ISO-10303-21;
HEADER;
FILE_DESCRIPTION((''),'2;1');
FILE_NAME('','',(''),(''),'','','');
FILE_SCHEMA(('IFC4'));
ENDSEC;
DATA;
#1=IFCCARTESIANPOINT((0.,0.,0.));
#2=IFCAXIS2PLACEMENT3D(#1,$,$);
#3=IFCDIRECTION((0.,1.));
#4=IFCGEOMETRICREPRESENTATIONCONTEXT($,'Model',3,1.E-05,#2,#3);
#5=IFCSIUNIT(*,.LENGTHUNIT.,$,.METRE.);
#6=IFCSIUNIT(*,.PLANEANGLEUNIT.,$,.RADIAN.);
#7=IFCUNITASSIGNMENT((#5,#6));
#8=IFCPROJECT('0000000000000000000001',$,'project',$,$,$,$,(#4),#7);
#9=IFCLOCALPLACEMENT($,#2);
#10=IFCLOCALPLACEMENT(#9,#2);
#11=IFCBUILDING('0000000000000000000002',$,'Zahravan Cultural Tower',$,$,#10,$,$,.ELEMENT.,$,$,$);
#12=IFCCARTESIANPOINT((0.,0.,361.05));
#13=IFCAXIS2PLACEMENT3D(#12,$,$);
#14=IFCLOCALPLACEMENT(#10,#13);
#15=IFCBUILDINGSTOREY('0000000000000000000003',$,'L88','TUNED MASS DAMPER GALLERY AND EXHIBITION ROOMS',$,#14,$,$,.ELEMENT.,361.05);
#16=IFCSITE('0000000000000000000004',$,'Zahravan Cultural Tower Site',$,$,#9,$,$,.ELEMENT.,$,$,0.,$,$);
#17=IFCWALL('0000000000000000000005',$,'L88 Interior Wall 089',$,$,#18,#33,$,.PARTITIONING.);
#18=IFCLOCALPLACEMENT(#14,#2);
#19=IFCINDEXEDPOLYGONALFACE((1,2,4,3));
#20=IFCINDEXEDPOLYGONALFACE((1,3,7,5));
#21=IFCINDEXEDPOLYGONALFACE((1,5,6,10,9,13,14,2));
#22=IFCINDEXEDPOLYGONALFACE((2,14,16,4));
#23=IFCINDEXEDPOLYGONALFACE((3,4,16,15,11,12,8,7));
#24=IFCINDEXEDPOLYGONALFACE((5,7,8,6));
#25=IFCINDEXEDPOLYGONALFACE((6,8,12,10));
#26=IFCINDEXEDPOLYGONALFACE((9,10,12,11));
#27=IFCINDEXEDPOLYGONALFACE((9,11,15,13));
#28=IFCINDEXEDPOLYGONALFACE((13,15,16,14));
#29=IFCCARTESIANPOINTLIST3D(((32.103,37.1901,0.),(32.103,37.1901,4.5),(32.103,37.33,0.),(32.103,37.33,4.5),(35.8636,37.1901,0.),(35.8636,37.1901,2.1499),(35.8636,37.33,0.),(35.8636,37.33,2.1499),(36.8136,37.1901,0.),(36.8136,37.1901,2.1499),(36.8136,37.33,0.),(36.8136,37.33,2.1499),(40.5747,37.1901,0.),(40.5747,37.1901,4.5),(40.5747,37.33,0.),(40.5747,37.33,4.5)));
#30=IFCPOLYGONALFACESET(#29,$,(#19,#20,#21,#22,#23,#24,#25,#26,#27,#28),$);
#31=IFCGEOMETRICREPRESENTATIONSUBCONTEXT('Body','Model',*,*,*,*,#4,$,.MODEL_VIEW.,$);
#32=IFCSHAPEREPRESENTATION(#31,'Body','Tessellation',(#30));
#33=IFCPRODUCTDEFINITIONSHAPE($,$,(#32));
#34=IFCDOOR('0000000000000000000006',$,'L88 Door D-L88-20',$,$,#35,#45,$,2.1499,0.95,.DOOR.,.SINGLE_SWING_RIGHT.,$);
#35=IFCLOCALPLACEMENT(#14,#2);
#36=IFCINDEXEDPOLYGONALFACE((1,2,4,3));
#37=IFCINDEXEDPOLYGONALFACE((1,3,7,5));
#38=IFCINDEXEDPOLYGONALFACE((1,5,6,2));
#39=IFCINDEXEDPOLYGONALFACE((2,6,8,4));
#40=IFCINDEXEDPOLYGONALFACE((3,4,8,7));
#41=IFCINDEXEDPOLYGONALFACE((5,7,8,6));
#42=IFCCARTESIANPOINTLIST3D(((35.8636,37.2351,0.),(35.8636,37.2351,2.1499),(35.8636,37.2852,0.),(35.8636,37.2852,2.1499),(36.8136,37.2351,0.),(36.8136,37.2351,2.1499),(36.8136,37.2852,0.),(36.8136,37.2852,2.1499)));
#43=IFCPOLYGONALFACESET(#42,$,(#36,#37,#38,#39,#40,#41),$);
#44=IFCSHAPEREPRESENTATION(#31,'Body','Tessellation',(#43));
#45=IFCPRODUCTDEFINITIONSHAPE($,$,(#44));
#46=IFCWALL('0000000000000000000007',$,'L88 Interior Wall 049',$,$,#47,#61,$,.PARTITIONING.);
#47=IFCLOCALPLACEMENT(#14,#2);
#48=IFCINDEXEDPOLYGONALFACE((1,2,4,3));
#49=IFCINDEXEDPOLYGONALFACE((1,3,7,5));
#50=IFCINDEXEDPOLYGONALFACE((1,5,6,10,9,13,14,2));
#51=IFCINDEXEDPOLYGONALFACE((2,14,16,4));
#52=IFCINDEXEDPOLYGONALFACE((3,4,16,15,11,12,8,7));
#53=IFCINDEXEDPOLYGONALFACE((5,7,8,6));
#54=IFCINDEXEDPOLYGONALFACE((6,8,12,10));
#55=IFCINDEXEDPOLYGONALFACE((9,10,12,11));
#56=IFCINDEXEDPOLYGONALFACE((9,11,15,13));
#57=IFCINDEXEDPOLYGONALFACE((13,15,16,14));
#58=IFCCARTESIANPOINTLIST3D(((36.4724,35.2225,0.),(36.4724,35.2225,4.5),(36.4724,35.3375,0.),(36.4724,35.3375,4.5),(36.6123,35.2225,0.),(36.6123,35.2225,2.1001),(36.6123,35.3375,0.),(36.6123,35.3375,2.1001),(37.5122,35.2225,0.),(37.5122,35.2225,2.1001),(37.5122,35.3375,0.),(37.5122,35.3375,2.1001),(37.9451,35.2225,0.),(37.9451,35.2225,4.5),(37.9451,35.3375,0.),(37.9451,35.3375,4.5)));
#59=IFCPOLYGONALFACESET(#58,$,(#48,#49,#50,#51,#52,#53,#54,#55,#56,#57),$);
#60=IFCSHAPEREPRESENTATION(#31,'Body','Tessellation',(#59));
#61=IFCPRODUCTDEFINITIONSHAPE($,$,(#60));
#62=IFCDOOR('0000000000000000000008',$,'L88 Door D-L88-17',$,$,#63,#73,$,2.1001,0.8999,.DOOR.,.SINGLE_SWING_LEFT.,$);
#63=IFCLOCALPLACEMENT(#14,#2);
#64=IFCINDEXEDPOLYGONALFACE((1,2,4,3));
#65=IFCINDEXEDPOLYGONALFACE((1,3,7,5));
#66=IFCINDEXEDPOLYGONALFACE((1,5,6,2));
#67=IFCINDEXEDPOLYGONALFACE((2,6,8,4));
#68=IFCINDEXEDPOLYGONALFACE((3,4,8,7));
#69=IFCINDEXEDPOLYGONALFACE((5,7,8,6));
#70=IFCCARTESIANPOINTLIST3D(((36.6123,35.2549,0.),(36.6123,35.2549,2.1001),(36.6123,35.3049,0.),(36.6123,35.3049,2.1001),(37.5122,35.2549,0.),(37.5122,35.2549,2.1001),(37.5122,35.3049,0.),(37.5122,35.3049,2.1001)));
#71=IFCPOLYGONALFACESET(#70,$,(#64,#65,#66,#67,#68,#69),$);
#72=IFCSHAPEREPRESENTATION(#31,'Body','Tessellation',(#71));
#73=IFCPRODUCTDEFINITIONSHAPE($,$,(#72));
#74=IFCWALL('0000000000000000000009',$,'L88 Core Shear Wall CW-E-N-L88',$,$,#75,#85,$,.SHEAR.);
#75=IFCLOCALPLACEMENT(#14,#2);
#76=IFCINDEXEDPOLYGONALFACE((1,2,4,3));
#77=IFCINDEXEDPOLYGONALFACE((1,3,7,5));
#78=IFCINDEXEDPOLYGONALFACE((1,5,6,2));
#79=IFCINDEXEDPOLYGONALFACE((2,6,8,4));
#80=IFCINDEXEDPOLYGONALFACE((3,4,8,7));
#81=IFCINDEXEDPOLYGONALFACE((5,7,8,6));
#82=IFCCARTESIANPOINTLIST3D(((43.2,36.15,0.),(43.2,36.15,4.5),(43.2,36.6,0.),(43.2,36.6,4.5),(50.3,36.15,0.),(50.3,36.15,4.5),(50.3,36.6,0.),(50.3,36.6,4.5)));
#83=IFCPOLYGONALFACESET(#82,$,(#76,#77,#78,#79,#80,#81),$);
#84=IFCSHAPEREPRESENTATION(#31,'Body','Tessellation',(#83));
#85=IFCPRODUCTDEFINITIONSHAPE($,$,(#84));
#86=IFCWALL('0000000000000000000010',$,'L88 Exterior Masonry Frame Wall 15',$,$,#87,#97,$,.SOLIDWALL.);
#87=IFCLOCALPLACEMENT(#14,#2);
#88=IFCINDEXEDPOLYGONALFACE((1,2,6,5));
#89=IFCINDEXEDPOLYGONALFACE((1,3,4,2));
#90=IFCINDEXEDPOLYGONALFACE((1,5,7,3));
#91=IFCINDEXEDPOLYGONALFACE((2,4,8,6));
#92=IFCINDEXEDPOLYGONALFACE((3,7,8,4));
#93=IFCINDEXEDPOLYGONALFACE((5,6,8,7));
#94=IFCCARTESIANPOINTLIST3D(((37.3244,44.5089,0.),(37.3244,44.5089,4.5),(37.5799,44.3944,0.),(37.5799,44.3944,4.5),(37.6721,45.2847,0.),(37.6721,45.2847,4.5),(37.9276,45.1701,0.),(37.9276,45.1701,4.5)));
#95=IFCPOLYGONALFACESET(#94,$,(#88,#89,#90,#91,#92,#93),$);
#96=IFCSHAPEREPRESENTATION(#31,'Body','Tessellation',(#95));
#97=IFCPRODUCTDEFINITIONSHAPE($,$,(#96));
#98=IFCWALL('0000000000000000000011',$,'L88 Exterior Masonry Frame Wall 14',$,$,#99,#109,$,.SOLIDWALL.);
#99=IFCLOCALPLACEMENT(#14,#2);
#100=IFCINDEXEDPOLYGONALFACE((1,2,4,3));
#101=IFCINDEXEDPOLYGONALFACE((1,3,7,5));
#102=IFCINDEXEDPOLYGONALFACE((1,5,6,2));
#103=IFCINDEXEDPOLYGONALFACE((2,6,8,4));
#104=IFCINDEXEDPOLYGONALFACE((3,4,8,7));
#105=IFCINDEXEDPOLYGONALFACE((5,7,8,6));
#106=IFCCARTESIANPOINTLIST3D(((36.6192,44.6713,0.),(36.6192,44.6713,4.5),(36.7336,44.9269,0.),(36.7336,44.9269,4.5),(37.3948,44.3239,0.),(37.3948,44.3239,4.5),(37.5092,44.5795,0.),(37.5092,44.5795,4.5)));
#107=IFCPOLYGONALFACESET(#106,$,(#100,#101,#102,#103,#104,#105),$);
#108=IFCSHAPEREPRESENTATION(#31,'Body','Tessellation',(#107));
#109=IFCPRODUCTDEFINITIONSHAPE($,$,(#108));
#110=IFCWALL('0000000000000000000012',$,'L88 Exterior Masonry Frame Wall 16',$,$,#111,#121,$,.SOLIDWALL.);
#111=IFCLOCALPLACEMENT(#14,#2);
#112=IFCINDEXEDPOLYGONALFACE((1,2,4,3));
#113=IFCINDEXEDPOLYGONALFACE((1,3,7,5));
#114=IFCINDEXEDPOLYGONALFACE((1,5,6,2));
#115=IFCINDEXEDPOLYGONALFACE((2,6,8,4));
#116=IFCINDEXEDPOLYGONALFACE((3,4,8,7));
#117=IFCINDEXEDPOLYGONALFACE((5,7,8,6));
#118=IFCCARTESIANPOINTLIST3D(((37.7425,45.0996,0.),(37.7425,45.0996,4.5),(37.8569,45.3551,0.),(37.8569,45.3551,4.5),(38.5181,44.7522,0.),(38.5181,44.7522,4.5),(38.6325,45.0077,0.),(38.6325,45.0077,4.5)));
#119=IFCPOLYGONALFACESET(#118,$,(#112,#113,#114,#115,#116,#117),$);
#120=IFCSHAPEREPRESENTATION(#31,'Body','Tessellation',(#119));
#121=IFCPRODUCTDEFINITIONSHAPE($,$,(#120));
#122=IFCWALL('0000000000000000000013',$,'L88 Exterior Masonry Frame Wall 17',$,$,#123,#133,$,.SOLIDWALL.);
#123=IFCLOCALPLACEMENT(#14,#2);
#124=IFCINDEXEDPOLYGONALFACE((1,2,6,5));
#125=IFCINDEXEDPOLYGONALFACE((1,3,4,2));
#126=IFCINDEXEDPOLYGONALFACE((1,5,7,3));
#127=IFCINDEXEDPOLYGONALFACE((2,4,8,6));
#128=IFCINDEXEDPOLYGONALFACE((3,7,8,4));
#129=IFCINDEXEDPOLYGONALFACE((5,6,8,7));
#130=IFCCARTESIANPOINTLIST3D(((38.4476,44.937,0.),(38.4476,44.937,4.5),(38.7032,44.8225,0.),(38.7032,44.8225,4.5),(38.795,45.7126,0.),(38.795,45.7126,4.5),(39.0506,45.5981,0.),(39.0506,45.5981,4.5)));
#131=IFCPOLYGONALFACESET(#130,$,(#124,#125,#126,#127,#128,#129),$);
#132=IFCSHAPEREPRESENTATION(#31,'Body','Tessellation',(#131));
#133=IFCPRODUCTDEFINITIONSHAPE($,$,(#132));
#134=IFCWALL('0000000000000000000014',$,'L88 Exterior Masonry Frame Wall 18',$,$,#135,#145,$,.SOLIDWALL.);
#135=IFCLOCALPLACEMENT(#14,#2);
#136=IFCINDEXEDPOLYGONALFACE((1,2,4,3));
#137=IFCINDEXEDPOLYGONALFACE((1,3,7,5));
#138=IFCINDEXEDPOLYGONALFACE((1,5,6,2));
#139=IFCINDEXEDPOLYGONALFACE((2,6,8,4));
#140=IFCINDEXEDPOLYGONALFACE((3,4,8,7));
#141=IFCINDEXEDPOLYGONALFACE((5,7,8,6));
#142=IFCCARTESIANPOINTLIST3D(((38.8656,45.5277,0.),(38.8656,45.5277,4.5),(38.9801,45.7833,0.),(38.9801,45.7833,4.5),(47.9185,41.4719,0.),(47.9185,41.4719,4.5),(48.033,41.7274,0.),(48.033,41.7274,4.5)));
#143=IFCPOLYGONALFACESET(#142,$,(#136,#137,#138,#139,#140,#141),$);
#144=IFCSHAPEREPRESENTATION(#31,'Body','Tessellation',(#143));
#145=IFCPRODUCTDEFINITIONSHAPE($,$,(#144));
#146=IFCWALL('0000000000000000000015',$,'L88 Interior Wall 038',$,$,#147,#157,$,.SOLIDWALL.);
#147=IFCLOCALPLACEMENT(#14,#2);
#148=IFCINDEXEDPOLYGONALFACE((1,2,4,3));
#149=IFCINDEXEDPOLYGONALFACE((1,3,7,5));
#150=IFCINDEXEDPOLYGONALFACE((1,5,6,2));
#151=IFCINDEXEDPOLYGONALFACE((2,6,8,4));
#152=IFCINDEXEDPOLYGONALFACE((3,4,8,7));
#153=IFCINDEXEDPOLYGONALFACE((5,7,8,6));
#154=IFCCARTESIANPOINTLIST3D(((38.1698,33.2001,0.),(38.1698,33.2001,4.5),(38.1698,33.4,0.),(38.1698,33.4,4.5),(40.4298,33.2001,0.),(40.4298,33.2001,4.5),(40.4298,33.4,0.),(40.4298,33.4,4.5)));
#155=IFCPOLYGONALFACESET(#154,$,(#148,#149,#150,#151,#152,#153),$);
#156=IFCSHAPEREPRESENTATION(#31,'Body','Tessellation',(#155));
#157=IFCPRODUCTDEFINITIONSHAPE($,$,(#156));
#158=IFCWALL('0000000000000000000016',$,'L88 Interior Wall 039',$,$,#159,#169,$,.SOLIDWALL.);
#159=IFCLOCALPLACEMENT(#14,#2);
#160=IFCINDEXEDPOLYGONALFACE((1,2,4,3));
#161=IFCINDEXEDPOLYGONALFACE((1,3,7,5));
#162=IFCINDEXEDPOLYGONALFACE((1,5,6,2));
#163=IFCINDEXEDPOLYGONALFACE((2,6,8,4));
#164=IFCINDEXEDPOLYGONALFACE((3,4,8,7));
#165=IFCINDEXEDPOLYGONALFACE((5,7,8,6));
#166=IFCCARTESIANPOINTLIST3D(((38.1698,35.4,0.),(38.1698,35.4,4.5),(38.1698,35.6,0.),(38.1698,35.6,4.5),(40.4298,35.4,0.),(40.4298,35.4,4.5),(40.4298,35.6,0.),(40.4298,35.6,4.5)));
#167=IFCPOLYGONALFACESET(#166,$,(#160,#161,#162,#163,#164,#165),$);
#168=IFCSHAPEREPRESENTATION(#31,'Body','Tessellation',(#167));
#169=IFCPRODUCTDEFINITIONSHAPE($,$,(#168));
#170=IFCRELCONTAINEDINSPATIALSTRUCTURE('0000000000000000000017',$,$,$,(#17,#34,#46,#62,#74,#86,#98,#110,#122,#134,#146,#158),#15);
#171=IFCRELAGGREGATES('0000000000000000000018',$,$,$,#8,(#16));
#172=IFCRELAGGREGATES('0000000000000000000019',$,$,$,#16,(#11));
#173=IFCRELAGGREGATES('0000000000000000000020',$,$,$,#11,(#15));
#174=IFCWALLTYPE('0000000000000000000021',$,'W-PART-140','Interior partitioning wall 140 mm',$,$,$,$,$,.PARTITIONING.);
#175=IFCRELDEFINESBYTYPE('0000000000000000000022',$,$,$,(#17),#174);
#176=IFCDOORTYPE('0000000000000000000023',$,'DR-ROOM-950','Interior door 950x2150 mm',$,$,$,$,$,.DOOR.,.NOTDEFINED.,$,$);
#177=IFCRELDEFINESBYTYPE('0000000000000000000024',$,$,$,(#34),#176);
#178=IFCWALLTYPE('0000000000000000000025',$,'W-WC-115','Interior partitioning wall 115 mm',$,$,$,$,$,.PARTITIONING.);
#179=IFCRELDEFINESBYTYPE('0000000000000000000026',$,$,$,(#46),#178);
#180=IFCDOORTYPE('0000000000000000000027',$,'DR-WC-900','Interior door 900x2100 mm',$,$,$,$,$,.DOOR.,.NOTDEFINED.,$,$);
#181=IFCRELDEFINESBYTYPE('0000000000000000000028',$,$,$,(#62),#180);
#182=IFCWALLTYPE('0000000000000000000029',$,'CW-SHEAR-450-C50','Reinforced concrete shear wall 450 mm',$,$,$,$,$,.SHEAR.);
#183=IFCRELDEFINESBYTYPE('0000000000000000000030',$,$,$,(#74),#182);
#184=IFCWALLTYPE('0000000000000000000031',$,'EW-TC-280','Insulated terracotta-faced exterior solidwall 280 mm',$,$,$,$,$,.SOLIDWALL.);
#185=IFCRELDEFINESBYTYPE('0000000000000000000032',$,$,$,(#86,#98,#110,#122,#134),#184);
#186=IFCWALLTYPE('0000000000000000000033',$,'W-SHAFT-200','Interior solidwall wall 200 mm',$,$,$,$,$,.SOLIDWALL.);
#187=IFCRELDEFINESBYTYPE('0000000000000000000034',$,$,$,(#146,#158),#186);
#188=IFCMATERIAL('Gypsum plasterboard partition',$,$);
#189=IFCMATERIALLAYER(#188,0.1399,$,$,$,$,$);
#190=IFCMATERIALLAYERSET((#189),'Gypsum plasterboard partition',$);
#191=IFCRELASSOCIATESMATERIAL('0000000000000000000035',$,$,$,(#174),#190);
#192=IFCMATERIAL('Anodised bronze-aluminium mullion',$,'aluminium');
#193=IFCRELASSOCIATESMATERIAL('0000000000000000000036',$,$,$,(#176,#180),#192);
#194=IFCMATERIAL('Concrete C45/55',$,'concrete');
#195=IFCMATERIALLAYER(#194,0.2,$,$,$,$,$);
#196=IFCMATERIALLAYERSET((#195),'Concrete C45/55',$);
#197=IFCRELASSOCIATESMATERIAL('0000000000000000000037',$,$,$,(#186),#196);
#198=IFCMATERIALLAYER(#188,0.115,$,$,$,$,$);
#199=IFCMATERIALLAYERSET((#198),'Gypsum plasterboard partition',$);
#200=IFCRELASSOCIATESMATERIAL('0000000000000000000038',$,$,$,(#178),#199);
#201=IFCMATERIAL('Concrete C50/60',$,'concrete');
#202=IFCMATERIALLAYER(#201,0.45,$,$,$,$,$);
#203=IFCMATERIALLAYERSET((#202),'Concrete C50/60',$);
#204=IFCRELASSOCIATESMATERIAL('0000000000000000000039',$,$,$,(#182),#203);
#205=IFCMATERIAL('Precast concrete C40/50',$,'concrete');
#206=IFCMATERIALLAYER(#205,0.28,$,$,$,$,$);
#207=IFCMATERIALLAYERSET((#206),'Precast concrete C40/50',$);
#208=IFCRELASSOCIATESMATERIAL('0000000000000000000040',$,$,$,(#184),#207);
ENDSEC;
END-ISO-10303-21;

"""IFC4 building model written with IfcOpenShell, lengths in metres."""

from ifc_helpers import new_model, si_unit, direction, frame, frame_2d, origin, place, context, subcontext, project, spatial, rectangle, extrude, source, transform, mapped, material, layer, layer_set, type_object, element, fill, save


model = new_model("IFC4")

# Units and contexts
model_context = context("Model", 3, precision=1e-05, world=origin(), true_north=direction((0.0, 1.0)))
body_context = subcontext(model_context, "Body", "Model", "MODEL_VIEW")
ifc_project = project(units=[si_unit("LENGTHUNIT", "METRE"), si_unit("PLANEANGLEUNIT", "RADIAN")], contexts=[model_context])

# Site, building, storey
site_placement = place(None, origin())
site = spatial("IfcSite", under=ifc_project, at=site_placement, Name="Zahravan Cultural Tower Site", CompositionType="ELEMENT", RefElevation=0.0)
building_placement = place(site_placement, origin())
building = spatial("IfcBuilding", under=site, at=building_placement, Name="Zahravan Cultural Tower", CompositionType="ELEMENT")
storey_placement = place(building_placement, frame((0.0, 0.0, 361.05)))
storey = spatial("IfcBuildingStorey", under=building, at=storey_placement, Name="L88", Description="TUNED MASS DAMPER GALLERY AND EXHIBITION ROOMS", CompositionType="ELEMENT", Elevation=361.05)

# Shared definitions
ifc_material_1 = material(Name="Concrete C50/60", Category="concrete")

# Walls, openings, doors
ifc_material_2 = material(Name="Gypsum plasterboard partition")
ifc_layer_1 = layer(ifc_material_2, 0.1399)
ifc_layer_set_1 = layer_set([ifc_layer_1], Name="Gypsum plasterboard partition")
wall_type_1 = type_object("IfcWallType", Name="W-PART-140", Description="Interior partitioning wall 140 mm", PredefinedType="PARTITIONING", material=ifc_layer_set_1)
ifc_material_3 = material(Name="Anodised bronze-aluminium mullion", Category="aluminium")
door_type_1 = type_object("IfcDoorType", Name="DR-ROOM-950", Description="Interior door 950x2150 mm", OperationType="NOTDEFINED", PredefinedType="DOOR", material=ifc_material_3)
shared_shape_1 = source(origin(), body_context, "Body", "SweptSolid", [
    extrude(rectangle(XDim=0.95, YDim=2.1499, at=frame_2d((0.4751, 1.075))), frame((0.0, 0.0249, 0.0), z_axis=(0.0, -1.0, 0.0), x_axis=(1.0, 0.0, 0.0)), (0.0, 0.0, 1.0), 0.05),
])
wall_1_placement = place(storey_placement, frame((40.5747, 37.26, 0.0), z_axis=(0.0, 0.0, 1.0), x_axis=(-1.0, 0.0, 0.0)))
wall_1 = element("IfcWall", 1, at=wall_1_placement, inside=storey, type_object=wall_type_1, Name="L88 Interior Wall 089", PredefinedType="PARTITIONING", context=body_context, shape_type="SweptSolid", body=[
    extrude(rectangle(XDim=8.4717, YDim=0.1399, at=frame_2d((4.2358, 0.0))), origin(), (0.0, 0.0, 1.0), 4.5),
])
opening_1_placement = place(wall_1_placement, frame((3.761, 0.0, 0.0)))
opening_1 = element("IfcOpeningElement", 2, at=opening_1_placement, cuts=wall_1, PredefinedType="OPENING", context=body_context, shape_type="SweptSolid", body=[
    extrude(rectangle(XDim=0.95, YDim=2.1499, at=frame_2d((0.4751, 1.075))), frame((0.0, 0.0798, 0.0), z_axis=(0.0, -1.0, 0.0), x_axis=(1.0, 0.0, 0.0)), (0.0, 0.0, 1.0), 0.1599),
])
door_1_placement = place(opening_1_placement, origin())
door_1 = element("IfcDoor", 3, at=door_1_placement, inside=storey, type_object=door_type_1, Name="L88 Door D-L88-20", OperationType="SINGLE_SWING_RIGHT", OverallHeight=2.1499, OverallWidth=0.95, PredefinedType="DOOR", context=body_context, shape_type="MappedRepresentation", body=[
    mapped(shared_shape_1, transform((0.0, 0.0, 0.0), x_axis=(1.0, 0.0, 0.0), y_axis=(0.0, 1.0, 0.0), z_axis=(0.0, 0.0, 1.0), scale=1.0)),
])
fill(opening_1, door_1)
ifc_material_4 = material(Name="Concrete C45/55", Category="concrete")
ifc_layer_2 = layer(ifc_material_4, 0.2)
ifc_layer_set_2 = layer_set([ifc_layer_2], Name="Concrete C45/55")
wall_type_2 = type_object("IfcWallType", Name="W-SHAFT-200", Description="Interior solidwall wall 200 mm", PredefinedType="SOLIDWALL", material=ifc_layer_set_2)
ifc_layer_3 = layer(ifc_material_2, 0.115)
ifc_layer_set_3 = layer_set([ifc_layer_3], Name="Gypsum plasterboard partition")
wall_type_3 = type_object("IfcWallType", Name="W-WC-115", Description="Interior partitioning wall 115 mm", PredefinedType="PARTITIONING", material=ifc_layer_set_3)
wall_2_placement = place(storey_placement, frame((36.4724, 35.28, 0.0), z_axis=(0.0, 0.0, 1.0), x_axis=(1.0, 0.0, 0.0)))
wall_2 = element("IfcWall", 4, at=wall_2_placement, inside=storey, type_object=wall_type_3, Name="L88 Interior Wall 049", PredefinedType="PARTITIONING", context=body_context, shape_type="SweptSolid", body=[
    extrude(rectangle(XDim=1.4727, YDim=0.115, at=frame_2d((0.7363, 0.0))), origin(), (0.0, 0.0, 1.0), 4.5),
])
opening_2_placement = place(wall_2_placement, frame((0.1399, 0.0, 0.0)))
opening_2 = element("IfcOpeningElement", 5, at=opening_2_placement, cuts=wall_2, PredefinedType="OPENING", context=body_context, shape_type="SweptSolid", body=[
    extrude(rectangle(XDim=0.8999, YDim=2.1001, at=frame_2d((0.45, 1.05))), frame((0.0, 0.0674, 0.0), z_axis=(0.0, -1.0, 0.0), x_axis=(1.0, 0.0, 0.0)), (0.0, 0.0, 1.0), 0.135),
])
door_type_2 = type_object("IfcDoorType", Name="DR-WC-900", Description="Interior door 900x2100 mm", OperationType="NOTDEFINED", PredefinedType="DOOR", material=ifc_material_3)
shared_shape_2 = source(origin(), body_context, "Body", "SweptSolid", [
    extrude(rectangle(XDim=0.8999, YDim=2.1001, at=frame_2d((0.45, 1.05))), frame((0.0, 0.0249, 0.0), z_axis=(0.0, -1.0, 0.0), x_axis=(1.0, 0.0, 0.0)), (0.0, 0.0, 1.0), 0.05),
])
door_2_placement = place(opening_2_placement, origin())
door_2 = element("IfcDoor", 6, at=door_2_placement, inside=storey, type_object=door_type_2, Name="L88 Door D-L88-17", OperationType="SINGLE_SWING_LEFT", OverallHeight=2.1001, OverallWidth=0.8999, PredefinedType="DOOR", context=body_context, shape_type="MappedRepresentation", body=[
    mapped(shared_shape_2, transform((0.0, 0.0, 0.0), x_axis=(1.0, 0.0, 0.0), y_axis=(0.0, 1.0, 0.0), z_axis=(0.0, 0.0, 1.0), scale=1.0)),
])
fill(opening_2, door_2)

# Walls
ifc_layer_4 = layer(ifc_material_1, 0.45)
ifc_layer_set_4 = layer_set([ifc_layer_4], Name="Concrete C50/60")
wall_type_4 = type_object("IfcWallType", Name="CW-SHEAR-450-C50", Description="Reinforced concrete shear wall 450 mm", PredefinedType="SHEAR", material=ifc_layer_set_4)
shared_shape_3 = source(origin(), body_context, "Body", "SweptSolid", [
    extrude(rectangle(XDim=7.1001, YDim=0.45, at=frame_2d((3.55, 0.0))), origin(), (0.0, 0.0, 1.0), 4.5),
])
wall_3_placement = place(storey_placement, frame((43.2, 36.375, 0.0), z_axis=(0.0, 0.0, 1.0), x_axis=(1.0, 0.0, 0.0)))
element("IfcWall", 7, at=wall_3_placement, inside=storey, type_object=wall_type_4, Name="L88 Core Shear Wall CW-E-N-L88", PredefinedType="SHEAR", context=body_context, shape_type="MappedRepresentation", body=[
    mapped(shared_shape_3, transform((0.0, 0.0, 0.0), x_axis=(1.0, 0.0, 0.0), y_axis=(0.0, 1.0, 0.0), z_axis=(0.0, 0.0, 1.0), scale=1.0)),
])
ifc_material_5 = material(Name="Precast concrete C40/50", Category="concrete")
ifc_layer_5 = layer(ifc_material_5, 0.28)
ifc_layer_set_5 = layer_set([ifc_layer_5], Name="Precast concrete C40/50")
wall_type_5 = type_object("IfcWallType", Name="EW-TC-280", Description="Insulated terracotta-faced exterior solidwall 280 mm", PredefinedType="SOLIDWALL", material=ifc_layer_set_5)
shared_shape_4 = source(origin(), body_context, "Body", "SweptSolid", [
    extrude(rectangle(XDim=0.8501, YDim=0.28, at=frame_2d((0.425, 0.0))), origin(), (0.0, 0.0, 1.0), 4.5),
])
wall_4_placement = place(storey_placement, frame((37.4521, 44.4517, 0.0), z_axis=(0.0, 0.0, 1.0), x_axis=(0.409015, 0.912528, 0.0)))
element("IfcWall", 8, at=wall_4_placement, inside=storey, type_object=wall_type_5, Name="L88 Exterior Masonry Frame Wall 15", PredefinedType="SOLIDWALL", context=body_context, shape_type="MappedRepresentation", body=[
    mapped(shared_shape_4, transform((0.0, 0.0, 0.0), x_axis=(1.0, 0.0, 0.0), y_axis=(0.0, 1.0, 0.0), z_axis=(0.0, 0.0, 1.0), scale=1.0)),
])
shared_shape_5 = source(origin(), body_context, "Body", "SweptSolid", [
    extrude(rectangle(XDim=0.8499, YDim=0.28, at=frame_2d((0.4248, 0.0))), origin(), (0.0, 0.0, 1.0), 4.5),
])
for number, where, z_axis, x_axis, name in (
    (9, (36.6765, 44.7991, 0.0), (0.0, 0.0, 1.0), (0.912635, -0.408775, 0.0), "L88 Exterior Masonry Frame Wall 14"),
    (10, (37.7998, 45.2273, 0.0), (0.0, 0.0, 1.0), (0.912635, -0.408775, 0.0), "L88 Exterior Masonry Frame Wall 16"),
    (11, (38.5754, 44.8799, 0.0), (0.0, 0.0, 1.0), (0.408775, 0.912635, 0.0), "L88 Exterior Masonry Frame Wall 17"),
):
    element("IfcWall", number, at=place(storey_placement, frame(where, z_axis=z_axis, x_axis=x_axis)), inside=storey, type_object=wall_type_5, Name=name, PredefinedType="SOLIDWALL", context=body_context, shape_type="MappedRepresentation", body=[
        mapped(shared_shape_5, transform((0.0, 0.0, 0.0), x_axis=(1.0, 0.0, 0.0), y_axis=(0.0, 1.0, 0.0), z_axis=(0.0, 0.0, 1.0), scale=1.0)),
    ])
shared_shape_6 = source(origin(), body_context, "Body", "SweptSolid", [
    extrude(rectangle(XDim=9.9199, YDim=0.28, at=frame_2d((4.96, 0.0))), origin(), (0.0, 0.0, 1.0), 4.5),
])
wall_5_placement = place(storey_placement, frame((38.9229, 45.6555, 0.0), z_axis=(0.0, 0.0, 1.0), x_axis=(0.912597, -0.408861, 0.0)))
element("IfcWall", 12, at=wall_5_placement, inside=storey, type_object=wall_type_5, Name="L88 Exterior Masonry Frame Wall 18", PredefinedType="SOLIDWALL", context=body_context, shape_type="MappedRepresentation", body=[
    mapped(shared_shape_6, transform((0.0, 0.0, 0.0), x_axis=(1.0, 0.0, 0.0), y_axis=(0.0, 1.0, 0.0), z_axis=(0.0, 0.0, 1.0), scale=1.0)),
])
shared_shape_7 = source(origin(), body_context, "Body", "SweptSolid", [
    extrude(rectangle(XDim=2.26, YDim=0.2, at=frame_2d((1.1299, 0.0))), origin(), (0.0, 0.0, 1.0), 4.5),
])
for number, where, z_axis, x_axis, name in (
    (13, (38.1699, 33.3, 0.0), (0.0, 0.0, 1.0), (1.0, 0.0, 0.0), "L88 Interior Wall 038"),
    (14, (38.1699, 35.5, 0.0), (0.0, 0.0, 1.0), (1.0, 0.0, 0.0), "L88 Interior Wall 039"),
):
    element("IfcWall", number, at=place(storey_placement, frame(where, z_axis=z_axis, x_axis=x_axis)), inside=storey, type_object=wall_type_2, Name=name, PredefinedType="SOLIDWALL", context=body_context, shape_type="MappedRepresentation", body=[
        mapped(shared_shape_7, transform((0.0, 0.0, 0.0), x_axis=(1.0, 0.0, 0.0), y_axis=(0.0, 1.0, 0.0), z_axis=(0.0, 0.0, 1.0), scale=1.0)),
    ])

save(model, "model.ifc")
